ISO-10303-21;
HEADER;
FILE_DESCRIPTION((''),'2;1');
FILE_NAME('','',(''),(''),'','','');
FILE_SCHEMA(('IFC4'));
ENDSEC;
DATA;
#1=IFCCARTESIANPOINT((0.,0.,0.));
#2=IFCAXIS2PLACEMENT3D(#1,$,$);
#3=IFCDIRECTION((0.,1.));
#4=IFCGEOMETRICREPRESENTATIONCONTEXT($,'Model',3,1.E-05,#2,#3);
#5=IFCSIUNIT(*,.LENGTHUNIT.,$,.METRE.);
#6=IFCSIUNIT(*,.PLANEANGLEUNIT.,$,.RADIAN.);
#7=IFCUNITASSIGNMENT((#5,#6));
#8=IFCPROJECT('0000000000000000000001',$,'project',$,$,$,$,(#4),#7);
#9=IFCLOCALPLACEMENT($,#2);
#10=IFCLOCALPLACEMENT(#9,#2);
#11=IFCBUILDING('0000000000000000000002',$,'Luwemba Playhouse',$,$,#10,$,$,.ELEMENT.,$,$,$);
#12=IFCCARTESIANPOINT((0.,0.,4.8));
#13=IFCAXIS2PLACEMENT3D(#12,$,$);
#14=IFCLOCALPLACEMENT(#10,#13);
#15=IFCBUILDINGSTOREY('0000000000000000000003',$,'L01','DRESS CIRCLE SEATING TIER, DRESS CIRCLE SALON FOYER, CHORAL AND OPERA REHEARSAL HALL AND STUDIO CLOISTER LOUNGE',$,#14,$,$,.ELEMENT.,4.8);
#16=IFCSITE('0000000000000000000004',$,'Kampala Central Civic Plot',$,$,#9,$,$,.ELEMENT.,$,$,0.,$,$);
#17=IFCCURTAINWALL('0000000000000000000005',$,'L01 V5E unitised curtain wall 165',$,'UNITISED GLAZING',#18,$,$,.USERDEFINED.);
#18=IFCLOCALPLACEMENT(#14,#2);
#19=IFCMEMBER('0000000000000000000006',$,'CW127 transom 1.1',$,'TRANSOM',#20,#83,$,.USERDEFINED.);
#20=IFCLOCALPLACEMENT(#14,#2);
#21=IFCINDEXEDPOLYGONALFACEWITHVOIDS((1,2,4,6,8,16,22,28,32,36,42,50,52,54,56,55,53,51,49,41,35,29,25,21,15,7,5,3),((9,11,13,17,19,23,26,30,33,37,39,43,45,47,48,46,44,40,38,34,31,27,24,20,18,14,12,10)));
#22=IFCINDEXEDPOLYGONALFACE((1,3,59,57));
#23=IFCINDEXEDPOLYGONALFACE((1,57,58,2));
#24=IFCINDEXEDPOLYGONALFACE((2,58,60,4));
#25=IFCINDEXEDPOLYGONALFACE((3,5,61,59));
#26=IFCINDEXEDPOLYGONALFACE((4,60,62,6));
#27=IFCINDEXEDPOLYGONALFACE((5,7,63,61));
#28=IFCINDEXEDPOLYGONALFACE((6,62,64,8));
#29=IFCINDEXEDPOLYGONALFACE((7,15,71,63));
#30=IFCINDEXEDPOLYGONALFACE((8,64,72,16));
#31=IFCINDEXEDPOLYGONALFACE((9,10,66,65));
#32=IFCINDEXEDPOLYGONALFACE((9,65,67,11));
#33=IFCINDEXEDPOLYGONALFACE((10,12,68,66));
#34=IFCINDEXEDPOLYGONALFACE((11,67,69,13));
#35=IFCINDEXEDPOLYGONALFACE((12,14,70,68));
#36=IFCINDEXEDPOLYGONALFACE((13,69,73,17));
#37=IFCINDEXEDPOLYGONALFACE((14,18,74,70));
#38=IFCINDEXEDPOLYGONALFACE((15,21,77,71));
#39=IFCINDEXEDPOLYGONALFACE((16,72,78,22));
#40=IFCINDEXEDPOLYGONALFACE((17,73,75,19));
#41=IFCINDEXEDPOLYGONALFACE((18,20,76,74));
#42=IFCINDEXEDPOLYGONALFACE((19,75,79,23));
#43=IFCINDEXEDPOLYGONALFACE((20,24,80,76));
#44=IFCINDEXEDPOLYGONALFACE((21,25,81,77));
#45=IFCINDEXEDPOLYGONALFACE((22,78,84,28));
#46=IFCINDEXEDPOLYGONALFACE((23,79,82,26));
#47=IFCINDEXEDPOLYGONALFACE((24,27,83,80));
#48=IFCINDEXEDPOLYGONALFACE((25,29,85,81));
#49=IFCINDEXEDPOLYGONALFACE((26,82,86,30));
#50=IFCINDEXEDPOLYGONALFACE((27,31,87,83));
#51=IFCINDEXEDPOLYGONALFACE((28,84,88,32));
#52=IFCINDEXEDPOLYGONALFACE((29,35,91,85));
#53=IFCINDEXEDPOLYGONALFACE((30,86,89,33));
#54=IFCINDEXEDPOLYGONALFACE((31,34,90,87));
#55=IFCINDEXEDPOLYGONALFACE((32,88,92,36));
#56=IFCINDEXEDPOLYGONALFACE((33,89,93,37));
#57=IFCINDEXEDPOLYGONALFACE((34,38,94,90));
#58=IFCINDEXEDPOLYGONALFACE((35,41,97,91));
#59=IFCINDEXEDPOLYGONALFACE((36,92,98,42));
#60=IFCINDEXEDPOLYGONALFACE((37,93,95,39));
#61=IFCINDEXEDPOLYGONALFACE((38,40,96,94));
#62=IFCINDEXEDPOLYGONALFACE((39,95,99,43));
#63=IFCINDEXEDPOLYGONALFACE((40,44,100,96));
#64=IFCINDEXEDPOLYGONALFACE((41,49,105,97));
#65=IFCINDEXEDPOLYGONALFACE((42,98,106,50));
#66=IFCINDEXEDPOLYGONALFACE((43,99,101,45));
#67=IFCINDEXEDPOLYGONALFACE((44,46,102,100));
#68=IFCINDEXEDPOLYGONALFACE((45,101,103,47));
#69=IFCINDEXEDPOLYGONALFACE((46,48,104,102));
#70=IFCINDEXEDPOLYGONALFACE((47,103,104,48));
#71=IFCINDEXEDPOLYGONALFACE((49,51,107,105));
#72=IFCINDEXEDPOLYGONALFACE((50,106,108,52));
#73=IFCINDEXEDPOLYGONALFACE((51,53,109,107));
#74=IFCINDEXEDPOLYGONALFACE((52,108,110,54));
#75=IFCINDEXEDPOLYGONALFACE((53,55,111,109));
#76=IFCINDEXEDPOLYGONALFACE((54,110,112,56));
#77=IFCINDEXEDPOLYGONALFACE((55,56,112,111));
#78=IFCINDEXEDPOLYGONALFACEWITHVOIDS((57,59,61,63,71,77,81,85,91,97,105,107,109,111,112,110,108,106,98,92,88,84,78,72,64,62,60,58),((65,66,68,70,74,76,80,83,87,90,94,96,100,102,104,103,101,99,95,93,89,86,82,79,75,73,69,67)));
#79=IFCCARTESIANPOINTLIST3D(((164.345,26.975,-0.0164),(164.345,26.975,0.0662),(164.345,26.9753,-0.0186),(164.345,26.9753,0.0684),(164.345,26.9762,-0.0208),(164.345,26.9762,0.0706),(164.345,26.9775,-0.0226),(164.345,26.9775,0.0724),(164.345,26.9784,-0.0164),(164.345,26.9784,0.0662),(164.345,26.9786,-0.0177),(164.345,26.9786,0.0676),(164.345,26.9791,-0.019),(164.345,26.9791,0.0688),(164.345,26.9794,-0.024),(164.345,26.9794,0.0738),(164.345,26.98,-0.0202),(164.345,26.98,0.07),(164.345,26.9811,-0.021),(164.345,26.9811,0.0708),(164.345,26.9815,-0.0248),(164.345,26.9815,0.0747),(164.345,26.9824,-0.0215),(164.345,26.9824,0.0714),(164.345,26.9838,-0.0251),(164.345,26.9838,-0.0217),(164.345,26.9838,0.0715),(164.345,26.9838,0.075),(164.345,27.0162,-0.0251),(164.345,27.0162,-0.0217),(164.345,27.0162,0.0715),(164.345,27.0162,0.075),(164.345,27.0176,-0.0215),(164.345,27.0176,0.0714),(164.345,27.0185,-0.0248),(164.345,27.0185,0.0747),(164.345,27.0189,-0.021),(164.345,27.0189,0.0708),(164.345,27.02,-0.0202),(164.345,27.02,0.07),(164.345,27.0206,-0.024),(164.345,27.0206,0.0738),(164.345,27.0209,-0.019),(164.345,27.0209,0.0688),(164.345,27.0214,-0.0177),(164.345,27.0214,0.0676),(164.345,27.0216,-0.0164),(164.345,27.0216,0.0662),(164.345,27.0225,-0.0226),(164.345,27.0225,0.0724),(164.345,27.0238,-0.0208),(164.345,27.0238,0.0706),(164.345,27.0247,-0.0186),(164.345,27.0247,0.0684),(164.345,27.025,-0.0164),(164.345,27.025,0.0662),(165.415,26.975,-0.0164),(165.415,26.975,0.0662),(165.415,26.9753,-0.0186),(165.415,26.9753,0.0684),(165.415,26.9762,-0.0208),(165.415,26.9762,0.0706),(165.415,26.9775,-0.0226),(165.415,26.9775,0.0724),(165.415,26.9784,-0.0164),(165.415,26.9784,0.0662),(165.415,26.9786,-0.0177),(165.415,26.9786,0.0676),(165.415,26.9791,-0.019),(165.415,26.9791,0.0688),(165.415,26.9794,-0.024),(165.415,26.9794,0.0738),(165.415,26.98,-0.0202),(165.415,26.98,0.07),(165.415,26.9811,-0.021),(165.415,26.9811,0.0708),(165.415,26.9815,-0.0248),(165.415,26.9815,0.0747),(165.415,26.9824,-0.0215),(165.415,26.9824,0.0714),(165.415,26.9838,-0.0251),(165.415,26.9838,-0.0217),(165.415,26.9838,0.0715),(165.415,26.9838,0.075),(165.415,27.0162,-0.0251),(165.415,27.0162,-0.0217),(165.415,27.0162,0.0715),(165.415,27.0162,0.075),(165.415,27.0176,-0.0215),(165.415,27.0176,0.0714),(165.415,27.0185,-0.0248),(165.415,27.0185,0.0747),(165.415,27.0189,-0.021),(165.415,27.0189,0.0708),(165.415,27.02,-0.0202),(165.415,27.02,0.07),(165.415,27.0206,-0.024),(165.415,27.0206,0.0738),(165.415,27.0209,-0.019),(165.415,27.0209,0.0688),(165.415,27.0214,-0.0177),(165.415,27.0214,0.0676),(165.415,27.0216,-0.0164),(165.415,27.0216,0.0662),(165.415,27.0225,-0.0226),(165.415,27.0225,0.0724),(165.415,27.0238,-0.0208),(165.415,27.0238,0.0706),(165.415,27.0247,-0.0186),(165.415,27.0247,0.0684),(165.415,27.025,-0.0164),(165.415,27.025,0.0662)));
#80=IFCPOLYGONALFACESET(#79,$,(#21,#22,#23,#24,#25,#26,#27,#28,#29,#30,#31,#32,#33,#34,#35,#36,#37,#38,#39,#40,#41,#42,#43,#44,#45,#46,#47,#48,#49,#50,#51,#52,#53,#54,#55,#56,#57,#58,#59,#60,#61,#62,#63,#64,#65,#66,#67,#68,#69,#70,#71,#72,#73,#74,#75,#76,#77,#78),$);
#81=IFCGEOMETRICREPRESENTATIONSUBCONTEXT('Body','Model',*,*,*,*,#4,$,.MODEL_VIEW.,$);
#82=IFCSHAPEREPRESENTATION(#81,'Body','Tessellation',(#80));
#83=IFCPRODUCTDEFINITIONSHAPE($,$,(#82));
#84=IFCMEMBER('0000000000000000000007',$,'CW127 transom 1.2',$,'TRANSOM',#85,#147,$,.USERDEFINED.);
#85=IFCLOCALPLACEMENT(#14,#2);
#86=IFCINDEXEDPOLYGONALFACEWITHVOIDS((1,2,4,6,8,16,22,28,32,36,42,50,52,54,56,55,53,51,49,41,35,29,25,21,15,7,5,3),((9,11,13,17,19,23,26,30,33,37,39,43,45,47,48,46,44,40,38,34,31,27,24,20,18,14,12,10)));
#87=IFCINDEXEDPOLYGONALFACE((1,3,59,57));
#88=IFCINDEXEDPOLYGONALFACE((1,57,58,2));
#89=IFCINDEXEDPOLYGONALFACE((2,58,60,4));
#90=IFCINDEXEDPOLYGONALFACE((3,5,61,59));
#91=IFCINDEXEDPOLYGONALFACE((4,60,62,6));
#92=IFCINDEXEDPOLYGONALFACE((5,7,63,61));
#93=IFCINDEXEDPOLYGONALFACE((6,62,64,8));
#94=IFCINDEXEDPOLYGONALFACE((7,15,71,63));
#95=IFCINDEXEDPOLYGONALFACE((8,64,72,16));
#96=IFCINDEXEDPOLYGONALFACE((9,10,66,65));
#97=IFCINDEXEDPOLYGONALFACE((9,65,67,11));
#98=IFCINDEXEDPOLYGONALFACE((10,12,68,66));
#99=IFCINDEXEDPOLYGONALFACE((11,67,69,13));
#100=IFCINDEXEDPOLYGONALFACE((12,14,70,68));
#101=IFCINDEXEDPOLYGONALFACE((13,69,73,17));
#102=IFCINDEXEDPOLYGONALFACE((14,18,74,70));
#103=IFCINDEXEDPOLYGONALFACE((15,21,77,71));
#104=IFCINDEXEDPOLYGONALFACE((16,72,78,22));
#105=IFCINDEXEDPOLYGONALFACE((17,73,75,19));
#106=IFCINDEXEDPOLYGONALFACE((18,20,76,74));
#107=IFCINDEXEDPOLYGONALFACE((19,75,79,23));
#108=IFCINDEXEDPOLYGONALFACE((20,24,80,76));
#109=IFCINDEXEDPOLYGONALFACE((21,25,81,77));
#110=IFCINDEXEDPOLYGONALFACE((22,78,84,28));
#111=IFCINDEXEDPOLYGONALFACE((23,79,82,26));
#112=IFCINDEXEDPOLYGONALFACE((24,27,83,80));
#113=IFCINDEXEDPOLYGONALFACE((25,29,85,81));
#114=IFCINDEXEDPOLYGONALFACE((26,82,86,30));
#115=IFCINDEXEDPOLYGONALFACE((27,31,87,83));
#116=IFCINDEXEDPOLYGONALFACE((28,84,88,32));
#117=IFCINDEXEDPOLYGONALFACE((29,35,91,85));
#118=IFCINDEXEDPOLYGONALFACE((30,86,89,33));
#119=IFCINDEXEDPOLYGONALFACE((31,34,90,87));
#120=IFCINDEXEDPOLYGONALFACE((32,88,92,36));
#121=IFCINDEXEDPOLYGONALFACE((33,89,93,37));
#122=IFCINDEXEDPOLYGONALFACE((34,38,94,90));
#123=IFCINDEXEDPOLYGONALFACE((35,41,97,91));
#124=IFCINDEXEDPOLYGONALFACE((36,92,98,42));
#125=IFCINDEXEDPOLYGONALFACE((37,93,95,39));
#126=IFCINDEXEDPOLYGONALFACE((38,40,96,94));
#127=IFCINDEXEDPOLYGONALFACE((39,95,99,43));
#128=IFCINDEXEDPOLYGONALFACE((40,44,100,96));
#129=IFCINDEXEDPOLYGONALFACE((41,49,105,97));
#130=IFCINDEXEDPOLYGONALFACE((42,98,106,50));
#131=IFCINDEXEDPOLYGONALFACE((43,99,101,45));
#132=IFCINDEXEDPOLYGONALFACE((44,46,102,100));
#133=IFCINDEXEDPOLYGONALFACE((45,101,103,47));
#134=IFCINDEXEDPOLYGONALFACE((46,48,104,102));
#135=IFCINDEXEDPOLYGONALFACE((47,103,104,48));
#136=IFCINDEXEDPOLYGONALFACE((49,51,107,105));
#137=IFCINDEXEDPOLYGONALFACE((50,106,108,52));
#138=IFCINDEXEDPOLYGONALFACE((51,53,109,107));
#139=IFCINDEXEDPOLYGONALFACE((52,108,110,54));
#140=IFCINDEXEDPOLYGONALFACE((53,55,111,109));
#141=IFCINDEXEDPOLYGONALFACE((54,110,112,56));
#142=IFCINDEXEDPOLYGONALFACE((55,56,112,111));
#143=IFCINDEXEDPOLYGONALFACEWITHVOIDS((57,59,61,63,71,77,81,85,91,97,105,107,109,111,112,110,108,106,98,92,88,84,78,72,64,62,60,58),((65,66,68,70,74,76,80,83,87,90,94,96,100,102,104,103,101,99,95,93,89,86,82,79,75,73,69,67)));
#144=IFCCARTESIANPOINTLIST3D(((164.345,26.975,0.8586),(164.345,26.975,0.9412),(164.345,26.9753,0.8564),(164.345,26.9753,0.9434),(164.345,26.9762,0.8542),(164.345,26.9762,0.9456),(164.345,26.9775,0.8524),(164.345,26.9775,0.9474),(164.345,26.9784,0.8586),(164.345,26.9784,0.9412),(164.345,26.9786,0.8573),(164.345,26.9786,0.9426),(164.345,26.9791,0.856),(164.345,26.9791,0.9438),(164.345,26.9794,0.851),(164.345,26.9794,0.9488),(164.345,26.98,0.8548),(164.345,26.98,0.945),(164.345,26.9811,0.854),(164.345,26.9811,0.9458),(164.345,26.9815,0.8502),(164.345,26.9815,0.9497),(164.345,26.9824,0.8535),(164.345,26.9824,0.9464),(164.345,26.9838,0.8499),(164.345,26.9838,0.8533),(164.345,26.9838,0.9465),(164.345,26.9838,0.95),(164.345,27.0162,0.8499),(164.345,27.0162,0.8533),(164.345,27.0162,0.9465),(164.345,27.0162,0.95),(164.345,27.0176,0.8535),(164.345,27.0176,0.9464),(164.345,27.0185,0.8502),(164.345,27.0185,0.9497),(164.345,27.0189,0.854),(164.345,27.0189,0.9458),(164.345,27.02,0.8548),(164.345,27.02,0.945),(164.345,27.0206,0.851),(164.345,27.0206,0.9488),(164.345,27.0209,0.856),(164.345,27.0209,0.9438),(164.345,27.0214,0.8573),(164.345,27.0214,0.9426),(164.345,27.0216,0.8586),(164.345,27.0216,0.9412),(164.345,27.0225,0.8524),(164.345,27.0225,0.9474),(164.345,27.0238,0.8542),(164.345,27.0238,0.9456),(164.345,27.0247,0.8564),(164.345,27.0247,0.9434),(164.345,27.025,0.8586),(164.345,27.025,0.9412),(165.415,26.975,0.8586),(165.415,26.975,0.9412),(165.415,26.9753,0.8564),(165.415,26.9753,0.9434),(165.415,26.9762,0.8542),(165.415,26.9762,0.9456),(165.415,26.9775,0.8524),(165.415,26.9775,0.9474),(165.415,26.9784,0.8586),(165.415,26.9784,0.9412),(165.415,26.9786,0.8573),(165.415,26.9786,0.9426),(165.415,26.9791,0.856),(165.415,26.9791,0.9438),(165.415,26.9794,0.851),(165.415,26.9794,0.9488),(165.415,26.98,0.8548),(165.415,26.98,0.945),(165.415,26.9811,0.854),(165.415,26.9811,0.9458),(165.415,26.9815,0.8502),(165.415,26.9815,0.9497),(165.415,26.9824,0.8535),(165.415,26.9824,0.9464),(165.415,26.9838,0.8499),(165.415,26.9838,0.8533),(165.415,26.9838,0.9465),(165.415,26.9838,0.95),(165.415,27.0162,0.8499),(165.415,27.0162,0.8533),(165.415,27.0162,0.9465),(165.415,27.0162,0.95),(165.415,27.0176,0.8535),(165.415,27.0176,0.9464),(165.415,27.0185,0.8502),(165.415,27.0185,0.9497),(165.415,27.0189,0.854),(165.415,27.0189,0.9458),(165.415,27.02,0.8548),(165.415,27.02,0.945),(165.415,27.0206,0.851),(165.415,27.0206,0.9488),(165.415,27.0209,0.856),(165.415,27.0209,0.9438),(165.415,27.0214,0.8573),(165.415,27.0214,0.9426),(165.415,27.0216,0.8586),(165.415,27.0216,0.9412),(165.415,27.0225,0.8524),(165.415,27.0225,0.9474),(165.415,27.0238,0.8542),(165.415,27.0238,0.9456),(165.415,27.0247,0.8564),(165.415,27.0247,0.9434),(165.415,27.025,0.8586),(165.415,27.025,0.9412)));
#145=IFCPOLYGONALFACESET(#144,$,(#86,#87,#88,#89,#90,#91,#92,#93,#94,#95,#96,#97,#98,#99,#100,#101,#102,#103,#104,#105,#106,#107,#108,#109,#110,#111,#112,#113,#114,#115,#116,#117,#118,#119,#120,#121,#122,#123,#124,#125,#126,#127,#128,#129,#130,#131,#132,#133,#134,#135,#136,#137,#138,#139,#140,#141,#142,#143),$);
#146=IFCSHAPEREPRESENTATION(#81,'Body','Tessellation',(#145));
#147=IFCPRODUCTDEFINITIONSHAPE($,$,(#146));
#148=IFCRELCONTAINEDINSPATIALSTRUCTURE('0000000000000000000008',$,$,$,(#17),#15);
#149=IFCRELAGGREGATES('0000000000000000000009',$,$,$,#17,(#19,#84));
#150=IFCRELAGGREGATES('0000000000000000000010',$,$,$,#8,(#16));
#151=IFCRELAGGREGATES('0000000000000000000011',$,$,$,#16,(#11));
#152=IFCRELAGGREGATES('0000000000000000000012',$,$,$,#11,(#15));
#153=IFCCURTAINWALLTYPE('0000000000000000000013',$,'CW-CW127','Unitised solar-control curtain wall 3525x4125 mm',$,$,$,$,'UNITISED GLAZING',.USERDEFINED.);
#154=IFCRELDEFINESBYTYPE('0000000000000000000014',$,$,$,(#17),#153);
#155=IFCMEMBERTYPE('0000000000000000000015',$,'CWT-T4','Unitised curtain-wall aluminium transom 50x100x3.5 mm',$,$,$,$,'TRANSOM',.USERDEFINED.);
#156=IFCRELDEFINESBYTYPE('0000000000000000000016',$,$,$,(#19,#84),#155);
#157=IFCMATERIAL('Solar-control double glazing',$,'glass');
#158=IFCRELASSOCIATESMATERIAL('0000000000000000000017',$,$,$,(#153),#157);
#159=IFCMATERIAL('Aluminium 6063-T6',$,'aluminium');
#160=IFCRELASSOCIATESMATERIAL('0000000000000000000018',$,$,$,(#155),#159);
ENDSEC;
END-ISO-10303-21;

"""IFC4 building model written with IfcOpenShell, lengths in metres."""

from ifc_helpers import new_model, si_unit, direction, frame, origin, origin_2d, place, context, subcontext, project, spatial, hollow_rectangle, extrude, material, material_profile, profile_set, type_object, element, aggregate, save


model = new_model("IFC4")

# Units and contexts
model_context = context("Model", 3, precision=1e-05, world=origin(), true_north=direction((0.0, 1.0)))
body_context = subcontext(model_context, "Body", "Model", "MODEL_VIEW")
ifc_project = project(units=[si_unit("LENGTHUNIT", "METRE"), si_unit("PLANEANGLEUNIT", "RADIAN")], contexts=[model_context])

# Site, building, storey
site_placement = place(None, origin())
site = spatial("IfcSite", under=ifc_project, at=site_placement, Name="Kampala Central Civic Plot", CompositionType="ELEMENT", RefElevation=0.0)
building_placement = place(site_placement, origin())
building = spatial("IfcBuilding", under=site, at=building_placement, Name="Luwemba Playhouse", CompositionType="ELEMENT")
storey_placement = place(building_placement, frame((0.0, 0.0, 4.8)))
storey = spatial("IfcBuildingStorey", under=building, at=storey_placement, Name="L01", Description="DRESS CIRCLE SEATING TIER, DRESS CIRCLE SALON FOYER, CHORAL AND OPERA REHEARSAL HALL AND STUDIO CLOISTER LOUNGE", CompositionType="ELEMENT", Elevation=4.8)

# Curtain wall
ifc_material_1 = material(Name="Solar-control double glazing", Category="glass")
ifc_material_2 = material(Name="Aluminium 6063-T6", Category="aluminium")
curtain_wall_type_1 = type_object("IfcCurtainWallType", Name="CW-CW127", Description="Unitised solar-control curtain wall 3525x4125 mm", ElementType="UNITISED GLAZING", PredefinedType="USERDEFINED", material=ifc_material_1)
curtain_wall_1_placement = place(storey_placement, origin())
curtain_wall_1 = element("IfcCurtainWall", 1, at=curtain_wall_1_placement, inside=storey, type_object=curtain_wall_type_1, Name="L01 V5E unitised curtain wall 165", ObjectType="UNITISED GLAZING", PredefinedType="USERDEFINED")

# Members
ifc_material_profile_1 = material_profile(ifc_material_2, hollow_rectangle(XDim=0.05, YDim=0.1001, WallThickness=0.0034, InnerFilletRadius=0.0054, OuterFilletRadius=0.0088, at=origin_2d()))
ifc_profile_set_1 = profile_set([ifc_material_profile_1], Name="Aluminium 6063-T6")
member_type_1 = type_object("IfcMemberType", Name="CWT-T4", Description="Unitised curtain-wall aluminium transom 50x100x3.5 mm", ElementType="TRANSOM", PredefinedType="USERDEFINED", material=ifc_profile_set_1)
member_1_placement = place(storey_placement, frame((164.345, 27.0, 0.0249), z_axis=(1.0, 0.0, 0.0), x_axis=(0.0, 1.0, 0.0)))
member_1 = element("IfcMember", 2, at=member_1_placement, type_object=member_type_1, Name="CW127 transom 1.1", ObjectType="TRANSOM", PredefinedType="USERDEFINED", context=body_context, shape_type="SweptSolid", body=[
    extrude(hollow_rectangle(XDim=0.05, YDim=0.1001, WallThickness=0.0034, InnerFilletRadius=0.0054, OuterFilletRadius=0.0088, at=origin_2d()), origin(), (0.0, 0.0, 1.0), 1.0701),
])
member_2_placement = place(storey_placement, frame((164.345, 27.0, 0.8999), z_axis=(1.0, 0.0, 0.0), x_axis=(0.0, 1.0, 0.0)))
member_2 = element("IfcMember", 3, at=member_2_placement, type_object=member_type_1, Name="CW127 transom 1.2", ObjectType="TRANSOM", PredefinedType="USERDEFINED", context=body_context, shape_type="SweptSolid", body=[
    extrude(hollow_rectangle(XDim=0.05, YDim=0.1001, WallThickness=0.0034, InnerFilletRadius=0.0054, OuterFilletRadius=0.0088, at=origin_2d()), origin(), (0.0, 0.0, 1.0), 1.0701),
])

aggregate(curtain_wall_1, [member_1, member_2])

save(model, "model.ifc")
